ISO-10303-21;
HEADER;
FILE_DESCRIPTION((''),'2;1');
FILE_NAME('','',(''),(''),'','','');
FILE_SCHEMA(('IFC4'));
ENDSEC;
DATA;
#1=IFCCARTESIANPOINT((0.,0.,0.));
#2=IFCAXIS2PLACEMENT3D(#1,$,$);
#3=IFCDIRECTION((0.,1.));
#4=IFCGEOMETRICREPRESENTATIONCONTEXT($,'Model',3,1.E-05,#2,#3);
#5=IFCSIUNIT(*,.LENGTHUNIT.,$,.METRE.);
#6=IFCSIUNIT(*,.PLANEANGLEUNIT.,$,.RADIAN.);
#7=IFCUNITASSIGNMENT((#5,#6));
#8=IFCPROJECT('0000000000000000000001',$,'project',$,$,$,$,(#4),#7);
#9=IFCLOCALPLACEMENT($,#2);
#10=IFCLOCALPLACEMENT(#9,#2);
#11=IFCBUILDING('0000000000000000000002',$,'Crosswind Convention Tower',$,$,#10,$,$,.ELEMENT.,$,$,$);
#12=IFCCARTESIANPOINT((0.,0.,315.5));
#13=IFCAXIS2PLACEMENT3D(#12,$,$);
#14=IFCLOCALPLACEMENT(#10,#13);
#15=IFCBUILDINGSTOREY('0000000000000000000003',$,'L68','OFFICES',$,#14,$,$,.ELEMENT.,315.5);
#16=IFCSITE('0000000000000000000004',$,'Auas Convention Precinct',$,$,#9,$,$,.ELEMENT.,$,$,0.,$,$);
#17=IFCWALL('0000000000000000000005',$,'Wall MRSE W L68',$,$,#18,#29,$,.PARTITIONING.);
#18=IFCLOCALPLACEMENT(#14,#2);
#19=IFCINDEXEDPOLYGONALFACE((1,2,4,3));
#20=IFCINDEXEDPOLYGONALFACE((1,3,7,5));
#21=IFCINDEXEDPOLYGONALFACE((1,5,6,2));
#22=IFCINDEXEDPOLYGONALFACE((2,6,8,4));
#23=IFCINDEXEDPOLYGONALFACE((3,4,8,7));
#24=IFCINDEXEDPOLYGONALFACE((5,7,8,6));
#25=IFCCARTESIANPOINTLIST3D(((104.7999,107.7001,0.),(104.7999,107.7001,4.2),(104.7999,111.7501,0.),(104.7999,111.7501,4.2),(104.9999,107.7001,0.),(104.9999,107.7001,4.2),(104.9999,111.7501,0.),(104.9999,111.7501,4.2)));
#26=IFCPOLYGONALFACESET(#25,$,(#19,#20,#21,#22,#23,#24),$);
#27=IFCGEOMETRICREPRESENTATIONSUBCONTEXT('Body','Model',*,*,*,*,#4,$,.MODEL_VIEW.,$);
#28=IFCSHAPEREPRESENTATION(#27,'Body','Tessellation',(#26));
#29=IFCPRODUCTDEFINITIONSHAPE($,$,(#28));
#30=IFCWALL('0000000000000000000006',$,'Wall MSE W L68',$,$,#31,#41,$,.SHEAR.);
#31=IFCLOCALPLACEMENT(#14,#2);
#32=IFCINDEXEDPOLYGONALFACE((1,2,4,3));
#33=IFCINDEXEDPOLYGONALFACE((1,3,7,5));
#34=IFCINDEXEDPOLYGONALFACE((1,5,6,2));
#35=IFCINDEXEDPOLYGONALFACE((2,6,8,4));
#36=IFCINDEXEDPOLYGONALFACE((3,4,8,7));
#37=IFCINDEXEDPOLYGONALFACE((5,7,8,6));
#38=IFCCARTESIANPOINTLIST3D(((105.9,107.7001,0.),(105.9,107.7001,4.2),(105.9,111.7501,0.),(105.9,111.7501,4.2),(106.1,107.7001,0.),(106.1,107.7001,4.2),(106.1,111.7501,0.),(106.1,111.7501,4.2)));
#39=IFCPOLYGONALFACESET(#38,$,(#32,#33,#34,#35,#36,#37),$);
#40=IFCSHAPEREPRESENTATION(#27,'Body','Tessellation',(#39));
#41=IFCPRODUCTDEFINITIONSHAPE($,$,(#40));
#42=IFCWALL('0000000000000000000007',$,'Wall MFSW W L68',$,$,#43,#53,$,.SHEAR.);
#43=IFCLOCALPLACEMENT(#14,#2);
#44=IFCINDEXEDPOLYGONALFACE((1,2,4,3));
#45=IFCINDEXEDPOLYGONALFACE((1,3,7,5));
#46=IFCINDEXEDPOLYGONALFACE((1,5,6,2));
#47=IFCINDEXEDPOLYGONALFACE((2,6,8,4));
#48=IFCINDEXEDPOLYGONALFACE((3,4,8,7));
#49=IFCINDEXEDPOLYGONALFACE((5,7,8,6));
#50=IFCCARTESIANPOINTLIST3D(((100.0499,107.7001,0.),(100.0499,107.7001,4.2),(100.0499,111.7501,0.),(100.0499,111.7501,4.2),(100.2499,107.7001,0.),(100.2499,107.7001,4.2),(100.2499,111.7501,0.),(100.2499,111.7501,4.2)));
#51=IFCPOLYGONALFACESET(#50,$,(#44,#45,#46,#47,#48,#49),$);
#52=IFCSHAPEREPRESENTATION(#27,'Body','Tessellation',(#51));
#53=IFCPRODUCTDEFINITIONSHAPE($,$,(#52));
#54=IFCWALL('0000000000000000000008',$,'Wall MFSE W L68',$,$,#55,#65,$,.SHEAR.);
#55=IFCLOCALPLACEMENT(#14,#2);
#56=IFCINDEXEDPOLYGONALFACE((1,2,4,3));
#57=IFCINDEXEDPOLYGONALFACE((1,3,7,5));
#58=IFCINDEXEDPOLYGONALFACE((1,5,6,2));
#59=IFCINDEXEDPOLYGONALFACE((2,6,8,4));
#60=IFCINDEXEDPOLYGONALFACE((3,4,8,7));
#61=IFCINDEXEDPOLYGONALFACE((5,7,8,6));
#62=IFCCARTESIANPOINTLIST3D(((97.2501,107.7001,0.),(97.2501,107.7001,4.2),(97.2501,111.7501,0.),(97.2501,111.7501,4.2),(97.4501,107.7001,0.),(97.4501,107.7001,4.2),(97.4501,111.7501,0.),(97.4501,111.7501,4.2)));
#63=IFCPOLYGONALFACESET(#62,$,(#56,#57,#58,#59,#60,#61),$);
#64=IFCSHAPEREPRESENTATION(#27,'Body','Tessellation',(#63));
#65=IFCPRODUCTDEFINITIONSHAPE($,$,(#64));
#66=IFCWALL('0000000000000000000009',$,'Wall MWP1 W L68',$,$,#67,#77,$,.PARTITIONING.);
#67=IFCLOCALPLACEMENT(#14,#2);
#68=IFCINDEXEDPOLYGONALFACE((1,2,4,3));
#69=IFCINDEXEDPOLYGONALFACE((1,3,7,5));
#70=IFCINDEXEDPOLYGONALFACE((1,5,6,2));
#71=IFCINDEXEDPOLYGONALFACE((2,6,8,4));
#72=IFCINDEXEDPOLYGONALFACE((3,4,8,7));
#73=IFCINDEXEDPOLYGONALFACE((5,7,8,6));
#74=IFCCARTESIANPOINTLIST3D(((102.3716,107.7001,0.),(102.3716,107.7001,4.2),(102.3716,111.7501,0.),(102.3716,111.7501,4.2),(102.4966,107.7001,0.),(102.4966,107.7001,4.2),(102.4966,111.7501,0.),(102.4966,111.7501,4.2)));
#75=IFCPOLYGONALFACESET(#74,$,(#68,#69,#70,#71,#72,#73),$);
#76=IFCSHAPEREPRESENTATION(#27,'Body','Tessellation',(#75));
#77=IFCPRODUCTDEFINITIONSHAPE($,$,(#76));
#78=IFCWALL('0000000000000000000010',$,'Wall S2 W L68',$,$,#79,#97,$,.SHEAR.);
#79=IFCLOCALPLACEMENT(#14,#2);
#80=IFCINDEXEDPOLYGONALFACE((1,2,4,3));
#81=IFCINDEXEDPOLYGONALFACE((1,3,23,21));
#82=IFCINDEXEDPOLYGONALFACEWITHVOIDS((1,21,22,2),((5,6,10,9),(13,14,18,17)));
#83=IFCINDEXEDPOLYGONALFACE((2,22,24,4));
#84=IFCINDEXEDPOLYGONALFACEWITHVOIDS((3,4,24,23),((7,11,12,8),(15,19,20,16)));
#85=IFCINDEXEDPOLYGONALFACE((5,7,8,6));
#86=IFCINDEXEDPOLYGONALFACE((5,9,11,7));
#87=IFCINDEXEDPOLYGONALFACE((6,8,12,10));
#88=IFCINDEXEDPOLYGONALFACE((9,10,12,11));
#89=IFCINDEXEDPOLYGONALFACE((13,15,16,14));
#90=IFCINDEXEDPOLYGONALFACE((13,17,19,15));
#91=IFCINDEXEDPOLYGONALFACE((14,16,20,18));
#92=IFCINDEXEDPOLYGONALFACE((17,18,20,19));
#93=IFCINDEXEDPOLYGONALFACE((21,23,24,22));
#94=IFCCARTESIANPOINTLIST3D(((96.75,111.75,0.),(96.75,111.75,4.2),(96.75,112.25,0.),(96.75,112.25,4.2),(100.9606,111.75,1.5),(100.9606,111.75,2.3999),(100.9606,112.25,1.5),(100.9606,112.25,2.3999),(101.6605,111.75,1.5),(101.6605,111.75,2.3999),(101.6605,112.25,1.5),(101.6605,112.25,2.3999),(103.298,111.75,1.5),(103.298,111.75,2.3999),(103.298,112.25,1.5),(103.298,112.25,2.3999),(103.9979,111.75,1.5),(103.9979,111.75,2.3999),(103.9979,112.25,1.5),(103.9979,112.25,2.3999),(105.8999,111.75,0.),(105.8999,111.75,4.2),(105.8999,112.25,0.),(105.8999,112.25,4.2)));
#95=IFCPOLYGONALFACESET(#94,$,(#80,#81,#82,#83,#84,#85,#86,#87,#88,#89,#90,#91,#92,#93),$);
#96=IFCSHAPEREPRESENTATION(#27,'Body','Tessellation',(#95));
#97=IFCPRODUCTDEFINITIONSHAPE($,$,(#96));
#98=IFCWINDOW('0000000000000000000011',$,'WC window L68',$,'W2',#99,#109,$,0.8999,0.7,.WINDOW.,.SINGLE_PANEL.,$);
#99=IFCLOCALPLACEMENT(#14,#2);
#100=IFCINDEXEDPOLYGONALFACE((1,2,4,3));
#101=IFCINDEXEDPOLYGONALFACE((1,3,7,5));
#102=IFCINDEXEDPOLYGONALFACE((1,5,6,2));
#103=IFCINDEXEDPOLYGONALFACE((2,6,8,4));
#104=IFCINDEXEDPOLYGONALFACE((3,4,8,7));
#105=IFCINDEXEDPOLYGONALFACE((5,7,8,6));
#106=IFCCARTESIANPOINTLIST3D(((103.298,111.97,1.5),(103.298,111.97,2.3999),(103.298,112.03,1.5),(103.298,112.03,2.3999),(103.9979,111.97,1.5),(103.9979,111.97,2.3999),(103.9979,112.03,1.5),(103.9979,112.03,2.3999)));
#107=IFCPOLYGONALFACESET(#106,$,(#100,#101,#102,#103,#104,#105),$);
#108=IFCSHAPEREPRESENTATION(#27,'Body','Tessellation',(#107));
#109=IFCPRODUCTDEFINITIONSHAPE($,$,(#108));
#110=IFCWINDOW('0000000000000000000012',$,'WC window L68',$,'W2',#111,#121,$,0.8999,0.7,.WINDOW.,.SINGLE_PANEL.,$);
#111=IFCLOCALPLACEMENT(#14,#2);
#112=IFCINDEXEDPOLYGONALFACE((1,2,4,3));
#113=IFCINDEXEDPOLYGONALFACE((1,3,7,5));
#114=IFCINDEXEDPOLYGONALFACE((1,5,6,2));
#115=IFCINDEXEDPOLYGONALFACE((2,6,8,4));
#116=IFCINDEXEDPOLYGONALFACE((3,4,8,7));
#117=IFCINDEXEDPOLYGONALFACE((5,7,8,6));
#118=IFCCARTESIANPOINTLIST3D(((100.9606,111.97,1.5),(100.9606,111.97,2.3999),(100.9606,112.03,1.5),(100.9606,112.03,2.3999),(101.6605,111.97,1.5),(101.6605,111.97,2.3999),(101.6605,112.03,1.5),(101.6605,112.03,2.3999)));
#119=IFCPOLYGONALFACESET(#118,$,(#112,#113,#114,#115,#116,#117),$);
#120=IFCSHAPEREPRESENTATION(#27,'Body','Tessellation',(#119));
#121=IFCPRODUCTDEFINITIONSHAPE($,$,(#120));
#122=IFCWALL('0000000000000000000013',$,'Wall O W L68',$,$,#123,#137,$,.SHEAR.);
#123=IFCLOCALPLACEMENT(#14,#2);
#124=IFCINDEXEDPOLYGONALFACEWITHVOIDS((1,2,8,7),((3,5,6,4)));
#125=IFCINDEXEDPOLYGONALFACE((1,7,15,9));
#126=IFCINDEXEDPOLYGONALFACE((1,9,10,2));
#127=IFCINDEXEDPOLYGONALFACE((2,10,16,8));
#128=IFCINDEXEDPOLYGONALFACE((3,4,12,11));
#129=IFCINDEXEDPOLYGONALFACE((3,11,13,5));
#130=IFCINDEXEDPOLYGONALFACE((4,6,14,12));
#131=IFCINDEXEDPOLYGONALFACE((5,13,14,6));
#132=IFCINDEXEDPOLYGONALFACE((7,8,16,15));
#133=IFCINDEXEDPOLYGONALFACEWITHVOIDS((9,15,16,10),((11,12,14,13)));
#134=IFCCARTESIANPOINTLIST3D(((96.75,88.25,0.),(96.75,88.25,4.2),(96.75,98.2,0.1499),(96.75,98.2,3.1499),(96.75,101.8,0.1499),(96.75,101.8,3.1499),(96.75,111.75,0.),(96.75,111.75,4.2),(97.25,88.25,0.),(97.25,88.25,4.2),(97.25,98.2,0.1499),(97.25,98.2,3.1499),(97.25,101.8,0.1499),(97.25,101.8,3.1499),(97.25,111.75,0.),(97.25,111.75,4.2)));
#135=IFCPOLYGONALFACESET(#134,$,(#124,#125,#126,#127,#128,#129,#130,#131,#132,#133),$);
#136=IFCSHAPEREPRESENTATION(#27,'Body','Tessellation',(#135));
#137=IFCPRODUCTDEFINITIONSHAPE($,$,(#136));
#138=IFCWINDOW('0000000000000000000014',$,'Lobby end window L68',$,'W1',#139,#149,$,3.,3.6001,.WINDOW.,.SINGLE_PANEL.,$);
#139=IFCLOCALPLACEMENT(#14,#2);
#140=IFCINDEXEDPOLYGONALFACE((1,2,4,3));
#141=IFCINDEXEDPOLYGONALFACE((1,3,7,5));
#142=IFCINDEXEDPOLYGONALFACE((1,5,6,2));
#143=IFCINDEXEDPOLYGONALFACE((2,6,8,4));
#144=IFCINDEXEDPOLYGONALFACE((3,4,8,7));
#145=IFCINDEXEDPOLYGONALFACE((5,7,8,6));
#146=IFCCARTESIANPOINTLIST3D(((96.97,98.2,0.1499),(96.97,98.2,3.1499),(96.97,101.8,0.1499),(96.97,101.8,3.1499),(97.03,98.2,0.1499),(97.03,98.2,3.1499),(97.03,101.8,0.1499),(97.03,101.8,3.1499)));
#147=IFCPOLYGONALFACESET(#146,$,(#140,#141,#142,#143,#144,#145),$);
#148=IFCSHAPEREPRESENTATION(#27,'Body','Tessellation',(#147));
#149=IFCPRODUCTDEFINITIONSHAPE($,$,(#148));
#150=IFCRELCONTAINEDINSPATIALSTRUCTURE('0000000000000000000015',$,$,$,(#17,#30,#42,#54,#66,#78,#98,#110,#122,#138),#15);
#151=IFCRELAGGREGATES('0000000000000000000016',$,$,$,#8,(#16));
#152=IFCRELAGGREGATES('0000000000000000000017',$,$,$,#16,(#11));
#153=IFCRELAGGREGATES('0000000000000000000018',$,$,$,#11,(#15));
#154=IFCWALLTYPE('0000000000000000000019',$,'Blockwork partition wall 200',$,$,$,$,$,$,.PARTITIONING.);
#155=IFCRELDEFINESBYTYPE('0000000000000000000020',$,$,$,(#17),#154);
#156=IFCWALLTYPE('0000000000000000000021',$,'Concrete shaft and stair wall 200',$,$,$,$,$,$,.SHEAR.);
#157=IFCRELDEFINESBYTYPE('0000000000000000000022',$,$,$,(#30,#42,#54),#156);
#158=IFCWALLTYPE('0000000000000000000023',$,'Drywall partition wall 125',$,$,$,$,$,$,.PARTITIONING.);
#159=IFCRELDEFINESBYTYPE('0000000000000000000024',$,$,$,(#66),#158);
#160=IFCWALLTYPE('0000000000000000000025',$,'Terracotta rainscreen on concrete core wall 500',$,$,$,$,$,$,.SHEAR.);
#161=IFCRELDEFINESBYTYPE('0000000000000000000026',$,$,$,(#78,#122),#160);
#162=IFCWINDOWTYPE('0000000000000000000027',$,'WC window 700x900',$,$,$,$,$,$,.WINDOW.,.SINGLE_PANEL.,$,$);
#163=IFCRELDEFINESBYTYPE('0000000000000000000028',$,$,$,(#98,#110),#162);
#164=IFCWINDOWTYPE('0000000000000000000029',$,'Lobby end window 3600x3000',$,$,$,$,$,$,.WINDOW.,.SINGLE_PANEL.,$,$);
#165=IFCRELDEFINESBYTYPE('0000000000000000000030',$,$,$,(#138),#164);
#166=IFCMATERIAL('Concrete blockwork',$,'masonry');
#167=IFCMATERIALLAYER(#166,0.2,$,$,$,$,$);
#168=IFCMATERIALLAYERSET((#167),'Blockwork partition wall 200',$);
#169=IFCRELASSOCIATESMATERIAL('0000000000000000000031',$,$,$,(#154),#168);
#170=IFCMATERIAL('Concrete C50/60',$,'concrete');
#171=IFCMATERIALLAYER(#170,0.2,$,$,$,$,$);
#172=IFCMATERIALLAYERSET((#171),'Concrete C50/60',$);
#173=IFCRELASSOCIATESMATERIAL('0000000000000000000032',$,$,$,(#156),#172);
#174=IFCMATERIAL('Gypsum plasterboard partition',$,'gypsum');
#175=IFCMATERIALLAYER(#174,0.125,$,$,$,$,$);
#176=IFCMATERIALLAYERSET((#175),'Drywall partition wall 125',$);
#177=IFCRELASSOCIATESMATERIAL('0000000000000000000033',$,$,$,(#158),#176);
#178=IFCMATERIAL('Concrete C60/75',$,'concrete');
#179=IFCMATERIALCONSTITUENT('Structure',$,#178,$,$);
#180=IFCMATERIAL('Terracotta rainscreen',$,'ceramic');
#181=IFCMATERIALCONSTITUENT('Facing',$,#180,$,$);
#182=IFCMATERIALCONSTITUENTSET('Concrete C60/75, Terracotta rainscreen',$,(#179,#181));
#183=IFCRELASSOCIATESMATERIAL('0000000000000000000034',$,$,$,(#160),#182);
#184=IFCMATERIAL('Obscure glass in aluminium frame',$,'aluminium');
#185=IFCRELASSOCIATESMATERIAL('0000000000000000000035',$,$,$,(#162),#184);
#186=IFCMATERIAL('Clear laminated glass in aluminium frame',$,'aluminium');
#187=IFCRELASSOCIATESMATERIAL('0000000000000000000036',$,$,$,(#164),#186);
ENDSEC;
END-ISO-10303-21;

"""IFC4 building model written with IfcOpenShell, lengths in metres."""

from ifc_helpers import new_model, si_unit, direction, frame, frame_2d, origin, place, context, subcontext, project, spatial, rectangle, extrude, material, layer, layer_set, constituent, constituent_set, type_object, element, fill, save


model = new_model("IFC4")

# Units and contexts
model_context = context("Model", 3, precision=1e-05, world=origin(), true_north=direction((0.0, 1.0)))
body_context = subcontext(model_context, "Body", "Model", "MODEL_VIEW")
ifc_project = project(units=[si_unit("LENGTHUNIT", "METRE"), si_unit("PLANEANGLEUNIT", "RADIAN")], contexts=[model_context])

# Site, building, storey
site_placement = place(None, origin())
site = spatial("IfcSite", under=ifc_project, at=site_placement, Name="Auas Convention Precinct", CompositionType="ELEMENT", RefElevation=0.0)
building_placement = place(site_placement, origin())
building = spatial("IfcBuilding", under=site, at=building_placement, Name="Crosswind Convention Tower", CompositionType="ELEMENT")
storey_placement = place(building_placement, frame((0.0, 0.0, 315.5)))
storey = spatial("IfcBuildingStorey", under=building, at=storey_placement, Name="L68", Description="OFFICES", CompositionType="ELEMENT", Elevation=315.5)

# Walls
ifc_material_1 = material(Name="Concrete blockwork", Category="masonry")
ifc_layer_1 = layer(ifc_material_1, 0.2)
ifc_layer_set_1 = layer_set([ifc_layer_1], Name="Blockwork partition wall 200")
wall_type_1 = type_object("IfcWallType", Name="Blockwork partition wall 200", PredefinedType="PARTITIONING", material=ifc_layer_set_1)
wall_1_placement = place(storey_placement, frame((104.8999, 111.75, 0.0), z_axis=(0.0, 0.0, 1.0), x_axis=(0.0, -1.0, 0.0)))
element("IfcWall", 1, at=wall_1_placement, inside=storey, type_object=wall_type_1, Name="Wall MRSE W L68", PredefinedType="PARTITIONING", context=body_context, shape_type="SweptSolid", body=[
    extrude(rectangle(XDim=4.05, YDim=0.2, at=frame_2d((2.0249, 0.0))), origin(), (0.0, 0.0, 1.0), 4.2),
])
ifc_material_2 = material(Name="Concrete C50/60", Category="concrete")
ifc_layer_2 = layer(ifc_material_2, 0.2)
ifc_layer_set_2 = layer_set([ifc_layer_2], Name="Concrete C50/60")
wall_type_2 = type_object("IfcWallType", Name="Concrete shaft and stair wall 200", PredefinedType="SHEAR", material=ifc_layer_set_2)
for number, where, z_axis, x_axis, name in (
    (2, (106.0, 111.75, 0.0), (0.0, 0.0, 1.0), (0.0, -1.0, 0.0), "Wall MSE W L68"),
    (3, (100.1499, 111.75, 0.0), (0.0, 0.0, 1.0), (0.0, -1.0, 0.0), "Wall MFSW W L68"),
    (4, (97.3501, 111.75, 0.0), (0.0, 0.0, 1.0), (0.0, -1.0, 0.0), "Wall MFSE W L68"),
):
    element("IfcWall", number, at=place(storey_placement, frame(where, z_axis=z_axis, x_axis=x_axis)), inside=storey, type_object=wall_type_2, Name=name, PredefinedType="SHEAR", context=body_context, shape_type="SweptSolid", body=[
        extrude(rectangle(XDim=4.05, YDim=0.2, at=frame_2d((2.0249, 0.0))), origin(), (0.0, 0.0, 1.0), 4.2),
    ])
ifc_material_3 = material(Name="Gypsum plasterboard partition", Category="gypsum")
ifc_layer_3 = layer(ifc_material_3, 0.125)
ifc_layer_set_3 = layer_set([ifc_layer_3], Name="Drywall partition wall 125")
wall_type_3 = type_object("IfcWallType", Name="Drywall partition wall 125", PredefinedType="PARTITIONING", material=ifc_layer_set_3)
wall_2_placement = place(storey_placement, frame((102.4341, 111.75, 0.0), z_axis=(0.0, 0.0, 1.0), x_axis=(0.0, -1.0, 0.0)))
element("IfcWall", 5, at=wall_2_placement, inside=storey, type_object=wall_type_3, Name="Wall MWP1 W L68", PredefinedType="PARTITIONING", context=body_context, shape_type="SweptSolid", body=[
    extrude(rectangle(XDim=4.05, YDim=0.125, at=frame_2d((2.0249, 0.0))), origin(), (0.0, 0.0, 1.0), 4.2),
])

# Wall, openings, windows
ifc_material_4 = material(Name="Concrete C60/75", Category="concrete")
ifc_constituent_1 = constituent(ifc_material_4, Name="Structure")
ifc_material_5 = material(Name="Terracotta rainscreen", Category="ceramic")
ifc_constituent_2 = constituent(ifc_material_5, Name="Facing")
ifc_constituent_set = constituent_set(constituents=[ifc_constituent_1, ifc_constituent_2], Name="Concrete C60/75, Terracotta rainscreen")
wall_type_4 = type_object("IfcWallType", Name="Terracotta rainscreen on concrete core wall 500", PredefinedType="SHEAR", material=ifc_constituent_set)
wall_3_placement = place(storey_placement, frame((105.8999, 112.0, 0.0), z_axis=(0.0, 0.0, 1.0), x_axis=(-1.0, 0.0, 0.0)))
wall_3 = element("IfcWall", 6, at=wall_3_placement, inside=storey, type_object=wall_type_4, Name="Wall S2 W L68", PredefinedType="SHEAR", context=body_context, shape_type="SweptSolid", body=[
    extrude(rectangle(XDim=9.1499, YDim=0.5, at=frame_2d((4.575, 0.0))), origin(), (0.0, 0.0, 1.0), 4.2),
])
opening_1_placement = place(wall_3_placement, frame((1.9019, 0.0, 1.5)))
opening_1 = element("IfcOpeningElement", 7, at=opening_1_placement, cuts=wall_3, PredefinedType="OPENING", context=body_context, shape_type="SweptSolid", body=[
    extrude(rectangle(XDim=0.7, YDim=0.8999, at=frame_2d((0.3501, 0.45))), frame((0.0, 0.26, 0.0), z_axis=(0.0, -1.0, 0.0), x_axis=(1.0, 0.0, 0.0)), (0.0, 0.0, 1.0), 0.52),
])
opening_2_placement = place(wall_3_placement, frame((4.2393, 0.0, 1.5)))
opening_2 = element("IfcOpeningElement", 8, at=opening_2_placement, cuts=wall_3, PredefinedType="OPENING", context=body_context, shape_type="SweptSolid", body=[
    extrude(rectangle(XDim=0.7, YDim=0.8999, at=frame_2d((0.3501, 0.45))), frame((0.0, 0.26, 0.0), z_axis=(0.0, -1.0, 0.0), x_axis=(1.0, 0.0, 0.0)), (0.0, 0.0, 1.0), 0.52),
])
ifc_material_6 = material(Name="Obscure glass in aluminium frame", Category="aluminium")
window_type_1 = type_object("IfcWindowType", Name="WC window 700x900", PartitioningType="SINGLE_PANEL", PredefinedType="WINDOW", material=ifc_material_6)
window_1_placement = place(opening_1_placement, origin())
window_1 = element("IfcWindow", 9, at=window_1_placement, inside=storey, type_object=window_type_1, Name="WC window L68", ObjectType="W2", OverallHeight=0.8999, OverallWidth=0.7, PartitioningType="SINGLE_PANEL", PredefinedType="WINDOW", context=body_context, shape_type="SweptSolid", body=[
    extrude(rectangle(XDim=0.7, YDim=0.8999, at=frame_2d((0.3501, 0.45))), frame((0.0, 0.03, 0.0), z_axis=(0.0, -1.0, 0.0), x_axis=(1.0, 0.0, 0.0)), (0.0, 0.0, 1.0), 0.0601),
])
fill(opening_1, window_1)
window_2_placement = place(opening_2_placement, origin())
window_2 = element("IfcWindow", 10, at=window_2_placement, inside=storey, type_object=window_type_1, Name="WC window L68", ObjectType="W2", OverallHeight=0.8999, OverallWidth=0.7, PartitioningType="SINGLE_PANEL", PredefinedType="WINDOW", context=body_context, shape_type="SweptSolid", body=[
    extrude(rectangle(XDim=0.7, YDim=0.8999, at=frame_2d((0.3501, 0.45))), frame((0.0, 0.03, 0.0), z_axis=(0.0, -1.0, 0.0), x_axis=(1.0, 0.0, 0.0)), (0.0, 0.0, 1.0), 0.0601),
])
fill(opening_2, window_2)

# Wall, opening, window
wall_4_placement = place(storey_placement, frame((97.0, 111.75, 0.0), z_axis=(0.0, 0.0, 1.0), x_axis=(0.0, -1.0, 0.0)))
wall_4 = element("IfcWall", 11, at=wall_4_placement, inside=storey, type_object=wall_type_4, Name="Wall O W L68", PredefinedType="SHEAR", context=body_context, shape_type="SweptSolid", body=[
    extrude(rectangle(XDim=23.5, YDim=0.5, at=frame_2d((11.75, 0.0))), origin(), (0.0, 0.0, 1.0), 4.2),
])
opening_3_placement = place(wall_4_placement, frame((9.95, 0.0, 0.1499)))
opening_3 = element("IfcOpeningElement", 12, at=opening_3_placement, cuts=wall_4, PredefinedType="OPENING", context=body_context, shape_type="SweptSolid", body=[
    extrude(rectangle(XDim=3.6001, YDim=3.0, at=frame_2d((1.8, 1.5))), frame((0.0, 0.26, 0.0), z_axis=(0.0, -1.0, 0.0), x_axis=(1.0, 0.0, 0.0)), (0.0, 0.0, 1.0), 0.52),
])
ifc_material_7 = material(Name="Clear laminated glass in aluminium frame", Category="aluminium")
window_type_2 = type_object("IfcWindowType", Name="Lobby end window 3600x3000", PartitioningType="SINGLE_PANEL", PredefinedType="WINDOW", material=ifc_material_7)
window_3_placement = place(opening_3_placement, origin())
window_3 = element("IfcWindow", 13, at=window_3_placement, inside=storey, type_object=window_type_2, Name="Lobby end window L68", ObjectType="W1", OverallHeight=3.0, OverallWidth=3.6001, PartitioningType="SINGLE_PANEL", PredefinedType="WINDOW", context=body_context, shape_type="SweptSolid", body=[
    extrude(rectangle(XDim=3.6001, YDim=3.0, at=frame_2d((1.8, 1.5))), frame((0.0, 0.03, 0.0), z_axis=(0.0, -1.0, 0.0), x_axis=(1.0, 0.0, 0.0)), (0.0, 0.0, 1.0), 0.0601),
])
fill(opening_3, window_3)

save(model, "model.ifc")
